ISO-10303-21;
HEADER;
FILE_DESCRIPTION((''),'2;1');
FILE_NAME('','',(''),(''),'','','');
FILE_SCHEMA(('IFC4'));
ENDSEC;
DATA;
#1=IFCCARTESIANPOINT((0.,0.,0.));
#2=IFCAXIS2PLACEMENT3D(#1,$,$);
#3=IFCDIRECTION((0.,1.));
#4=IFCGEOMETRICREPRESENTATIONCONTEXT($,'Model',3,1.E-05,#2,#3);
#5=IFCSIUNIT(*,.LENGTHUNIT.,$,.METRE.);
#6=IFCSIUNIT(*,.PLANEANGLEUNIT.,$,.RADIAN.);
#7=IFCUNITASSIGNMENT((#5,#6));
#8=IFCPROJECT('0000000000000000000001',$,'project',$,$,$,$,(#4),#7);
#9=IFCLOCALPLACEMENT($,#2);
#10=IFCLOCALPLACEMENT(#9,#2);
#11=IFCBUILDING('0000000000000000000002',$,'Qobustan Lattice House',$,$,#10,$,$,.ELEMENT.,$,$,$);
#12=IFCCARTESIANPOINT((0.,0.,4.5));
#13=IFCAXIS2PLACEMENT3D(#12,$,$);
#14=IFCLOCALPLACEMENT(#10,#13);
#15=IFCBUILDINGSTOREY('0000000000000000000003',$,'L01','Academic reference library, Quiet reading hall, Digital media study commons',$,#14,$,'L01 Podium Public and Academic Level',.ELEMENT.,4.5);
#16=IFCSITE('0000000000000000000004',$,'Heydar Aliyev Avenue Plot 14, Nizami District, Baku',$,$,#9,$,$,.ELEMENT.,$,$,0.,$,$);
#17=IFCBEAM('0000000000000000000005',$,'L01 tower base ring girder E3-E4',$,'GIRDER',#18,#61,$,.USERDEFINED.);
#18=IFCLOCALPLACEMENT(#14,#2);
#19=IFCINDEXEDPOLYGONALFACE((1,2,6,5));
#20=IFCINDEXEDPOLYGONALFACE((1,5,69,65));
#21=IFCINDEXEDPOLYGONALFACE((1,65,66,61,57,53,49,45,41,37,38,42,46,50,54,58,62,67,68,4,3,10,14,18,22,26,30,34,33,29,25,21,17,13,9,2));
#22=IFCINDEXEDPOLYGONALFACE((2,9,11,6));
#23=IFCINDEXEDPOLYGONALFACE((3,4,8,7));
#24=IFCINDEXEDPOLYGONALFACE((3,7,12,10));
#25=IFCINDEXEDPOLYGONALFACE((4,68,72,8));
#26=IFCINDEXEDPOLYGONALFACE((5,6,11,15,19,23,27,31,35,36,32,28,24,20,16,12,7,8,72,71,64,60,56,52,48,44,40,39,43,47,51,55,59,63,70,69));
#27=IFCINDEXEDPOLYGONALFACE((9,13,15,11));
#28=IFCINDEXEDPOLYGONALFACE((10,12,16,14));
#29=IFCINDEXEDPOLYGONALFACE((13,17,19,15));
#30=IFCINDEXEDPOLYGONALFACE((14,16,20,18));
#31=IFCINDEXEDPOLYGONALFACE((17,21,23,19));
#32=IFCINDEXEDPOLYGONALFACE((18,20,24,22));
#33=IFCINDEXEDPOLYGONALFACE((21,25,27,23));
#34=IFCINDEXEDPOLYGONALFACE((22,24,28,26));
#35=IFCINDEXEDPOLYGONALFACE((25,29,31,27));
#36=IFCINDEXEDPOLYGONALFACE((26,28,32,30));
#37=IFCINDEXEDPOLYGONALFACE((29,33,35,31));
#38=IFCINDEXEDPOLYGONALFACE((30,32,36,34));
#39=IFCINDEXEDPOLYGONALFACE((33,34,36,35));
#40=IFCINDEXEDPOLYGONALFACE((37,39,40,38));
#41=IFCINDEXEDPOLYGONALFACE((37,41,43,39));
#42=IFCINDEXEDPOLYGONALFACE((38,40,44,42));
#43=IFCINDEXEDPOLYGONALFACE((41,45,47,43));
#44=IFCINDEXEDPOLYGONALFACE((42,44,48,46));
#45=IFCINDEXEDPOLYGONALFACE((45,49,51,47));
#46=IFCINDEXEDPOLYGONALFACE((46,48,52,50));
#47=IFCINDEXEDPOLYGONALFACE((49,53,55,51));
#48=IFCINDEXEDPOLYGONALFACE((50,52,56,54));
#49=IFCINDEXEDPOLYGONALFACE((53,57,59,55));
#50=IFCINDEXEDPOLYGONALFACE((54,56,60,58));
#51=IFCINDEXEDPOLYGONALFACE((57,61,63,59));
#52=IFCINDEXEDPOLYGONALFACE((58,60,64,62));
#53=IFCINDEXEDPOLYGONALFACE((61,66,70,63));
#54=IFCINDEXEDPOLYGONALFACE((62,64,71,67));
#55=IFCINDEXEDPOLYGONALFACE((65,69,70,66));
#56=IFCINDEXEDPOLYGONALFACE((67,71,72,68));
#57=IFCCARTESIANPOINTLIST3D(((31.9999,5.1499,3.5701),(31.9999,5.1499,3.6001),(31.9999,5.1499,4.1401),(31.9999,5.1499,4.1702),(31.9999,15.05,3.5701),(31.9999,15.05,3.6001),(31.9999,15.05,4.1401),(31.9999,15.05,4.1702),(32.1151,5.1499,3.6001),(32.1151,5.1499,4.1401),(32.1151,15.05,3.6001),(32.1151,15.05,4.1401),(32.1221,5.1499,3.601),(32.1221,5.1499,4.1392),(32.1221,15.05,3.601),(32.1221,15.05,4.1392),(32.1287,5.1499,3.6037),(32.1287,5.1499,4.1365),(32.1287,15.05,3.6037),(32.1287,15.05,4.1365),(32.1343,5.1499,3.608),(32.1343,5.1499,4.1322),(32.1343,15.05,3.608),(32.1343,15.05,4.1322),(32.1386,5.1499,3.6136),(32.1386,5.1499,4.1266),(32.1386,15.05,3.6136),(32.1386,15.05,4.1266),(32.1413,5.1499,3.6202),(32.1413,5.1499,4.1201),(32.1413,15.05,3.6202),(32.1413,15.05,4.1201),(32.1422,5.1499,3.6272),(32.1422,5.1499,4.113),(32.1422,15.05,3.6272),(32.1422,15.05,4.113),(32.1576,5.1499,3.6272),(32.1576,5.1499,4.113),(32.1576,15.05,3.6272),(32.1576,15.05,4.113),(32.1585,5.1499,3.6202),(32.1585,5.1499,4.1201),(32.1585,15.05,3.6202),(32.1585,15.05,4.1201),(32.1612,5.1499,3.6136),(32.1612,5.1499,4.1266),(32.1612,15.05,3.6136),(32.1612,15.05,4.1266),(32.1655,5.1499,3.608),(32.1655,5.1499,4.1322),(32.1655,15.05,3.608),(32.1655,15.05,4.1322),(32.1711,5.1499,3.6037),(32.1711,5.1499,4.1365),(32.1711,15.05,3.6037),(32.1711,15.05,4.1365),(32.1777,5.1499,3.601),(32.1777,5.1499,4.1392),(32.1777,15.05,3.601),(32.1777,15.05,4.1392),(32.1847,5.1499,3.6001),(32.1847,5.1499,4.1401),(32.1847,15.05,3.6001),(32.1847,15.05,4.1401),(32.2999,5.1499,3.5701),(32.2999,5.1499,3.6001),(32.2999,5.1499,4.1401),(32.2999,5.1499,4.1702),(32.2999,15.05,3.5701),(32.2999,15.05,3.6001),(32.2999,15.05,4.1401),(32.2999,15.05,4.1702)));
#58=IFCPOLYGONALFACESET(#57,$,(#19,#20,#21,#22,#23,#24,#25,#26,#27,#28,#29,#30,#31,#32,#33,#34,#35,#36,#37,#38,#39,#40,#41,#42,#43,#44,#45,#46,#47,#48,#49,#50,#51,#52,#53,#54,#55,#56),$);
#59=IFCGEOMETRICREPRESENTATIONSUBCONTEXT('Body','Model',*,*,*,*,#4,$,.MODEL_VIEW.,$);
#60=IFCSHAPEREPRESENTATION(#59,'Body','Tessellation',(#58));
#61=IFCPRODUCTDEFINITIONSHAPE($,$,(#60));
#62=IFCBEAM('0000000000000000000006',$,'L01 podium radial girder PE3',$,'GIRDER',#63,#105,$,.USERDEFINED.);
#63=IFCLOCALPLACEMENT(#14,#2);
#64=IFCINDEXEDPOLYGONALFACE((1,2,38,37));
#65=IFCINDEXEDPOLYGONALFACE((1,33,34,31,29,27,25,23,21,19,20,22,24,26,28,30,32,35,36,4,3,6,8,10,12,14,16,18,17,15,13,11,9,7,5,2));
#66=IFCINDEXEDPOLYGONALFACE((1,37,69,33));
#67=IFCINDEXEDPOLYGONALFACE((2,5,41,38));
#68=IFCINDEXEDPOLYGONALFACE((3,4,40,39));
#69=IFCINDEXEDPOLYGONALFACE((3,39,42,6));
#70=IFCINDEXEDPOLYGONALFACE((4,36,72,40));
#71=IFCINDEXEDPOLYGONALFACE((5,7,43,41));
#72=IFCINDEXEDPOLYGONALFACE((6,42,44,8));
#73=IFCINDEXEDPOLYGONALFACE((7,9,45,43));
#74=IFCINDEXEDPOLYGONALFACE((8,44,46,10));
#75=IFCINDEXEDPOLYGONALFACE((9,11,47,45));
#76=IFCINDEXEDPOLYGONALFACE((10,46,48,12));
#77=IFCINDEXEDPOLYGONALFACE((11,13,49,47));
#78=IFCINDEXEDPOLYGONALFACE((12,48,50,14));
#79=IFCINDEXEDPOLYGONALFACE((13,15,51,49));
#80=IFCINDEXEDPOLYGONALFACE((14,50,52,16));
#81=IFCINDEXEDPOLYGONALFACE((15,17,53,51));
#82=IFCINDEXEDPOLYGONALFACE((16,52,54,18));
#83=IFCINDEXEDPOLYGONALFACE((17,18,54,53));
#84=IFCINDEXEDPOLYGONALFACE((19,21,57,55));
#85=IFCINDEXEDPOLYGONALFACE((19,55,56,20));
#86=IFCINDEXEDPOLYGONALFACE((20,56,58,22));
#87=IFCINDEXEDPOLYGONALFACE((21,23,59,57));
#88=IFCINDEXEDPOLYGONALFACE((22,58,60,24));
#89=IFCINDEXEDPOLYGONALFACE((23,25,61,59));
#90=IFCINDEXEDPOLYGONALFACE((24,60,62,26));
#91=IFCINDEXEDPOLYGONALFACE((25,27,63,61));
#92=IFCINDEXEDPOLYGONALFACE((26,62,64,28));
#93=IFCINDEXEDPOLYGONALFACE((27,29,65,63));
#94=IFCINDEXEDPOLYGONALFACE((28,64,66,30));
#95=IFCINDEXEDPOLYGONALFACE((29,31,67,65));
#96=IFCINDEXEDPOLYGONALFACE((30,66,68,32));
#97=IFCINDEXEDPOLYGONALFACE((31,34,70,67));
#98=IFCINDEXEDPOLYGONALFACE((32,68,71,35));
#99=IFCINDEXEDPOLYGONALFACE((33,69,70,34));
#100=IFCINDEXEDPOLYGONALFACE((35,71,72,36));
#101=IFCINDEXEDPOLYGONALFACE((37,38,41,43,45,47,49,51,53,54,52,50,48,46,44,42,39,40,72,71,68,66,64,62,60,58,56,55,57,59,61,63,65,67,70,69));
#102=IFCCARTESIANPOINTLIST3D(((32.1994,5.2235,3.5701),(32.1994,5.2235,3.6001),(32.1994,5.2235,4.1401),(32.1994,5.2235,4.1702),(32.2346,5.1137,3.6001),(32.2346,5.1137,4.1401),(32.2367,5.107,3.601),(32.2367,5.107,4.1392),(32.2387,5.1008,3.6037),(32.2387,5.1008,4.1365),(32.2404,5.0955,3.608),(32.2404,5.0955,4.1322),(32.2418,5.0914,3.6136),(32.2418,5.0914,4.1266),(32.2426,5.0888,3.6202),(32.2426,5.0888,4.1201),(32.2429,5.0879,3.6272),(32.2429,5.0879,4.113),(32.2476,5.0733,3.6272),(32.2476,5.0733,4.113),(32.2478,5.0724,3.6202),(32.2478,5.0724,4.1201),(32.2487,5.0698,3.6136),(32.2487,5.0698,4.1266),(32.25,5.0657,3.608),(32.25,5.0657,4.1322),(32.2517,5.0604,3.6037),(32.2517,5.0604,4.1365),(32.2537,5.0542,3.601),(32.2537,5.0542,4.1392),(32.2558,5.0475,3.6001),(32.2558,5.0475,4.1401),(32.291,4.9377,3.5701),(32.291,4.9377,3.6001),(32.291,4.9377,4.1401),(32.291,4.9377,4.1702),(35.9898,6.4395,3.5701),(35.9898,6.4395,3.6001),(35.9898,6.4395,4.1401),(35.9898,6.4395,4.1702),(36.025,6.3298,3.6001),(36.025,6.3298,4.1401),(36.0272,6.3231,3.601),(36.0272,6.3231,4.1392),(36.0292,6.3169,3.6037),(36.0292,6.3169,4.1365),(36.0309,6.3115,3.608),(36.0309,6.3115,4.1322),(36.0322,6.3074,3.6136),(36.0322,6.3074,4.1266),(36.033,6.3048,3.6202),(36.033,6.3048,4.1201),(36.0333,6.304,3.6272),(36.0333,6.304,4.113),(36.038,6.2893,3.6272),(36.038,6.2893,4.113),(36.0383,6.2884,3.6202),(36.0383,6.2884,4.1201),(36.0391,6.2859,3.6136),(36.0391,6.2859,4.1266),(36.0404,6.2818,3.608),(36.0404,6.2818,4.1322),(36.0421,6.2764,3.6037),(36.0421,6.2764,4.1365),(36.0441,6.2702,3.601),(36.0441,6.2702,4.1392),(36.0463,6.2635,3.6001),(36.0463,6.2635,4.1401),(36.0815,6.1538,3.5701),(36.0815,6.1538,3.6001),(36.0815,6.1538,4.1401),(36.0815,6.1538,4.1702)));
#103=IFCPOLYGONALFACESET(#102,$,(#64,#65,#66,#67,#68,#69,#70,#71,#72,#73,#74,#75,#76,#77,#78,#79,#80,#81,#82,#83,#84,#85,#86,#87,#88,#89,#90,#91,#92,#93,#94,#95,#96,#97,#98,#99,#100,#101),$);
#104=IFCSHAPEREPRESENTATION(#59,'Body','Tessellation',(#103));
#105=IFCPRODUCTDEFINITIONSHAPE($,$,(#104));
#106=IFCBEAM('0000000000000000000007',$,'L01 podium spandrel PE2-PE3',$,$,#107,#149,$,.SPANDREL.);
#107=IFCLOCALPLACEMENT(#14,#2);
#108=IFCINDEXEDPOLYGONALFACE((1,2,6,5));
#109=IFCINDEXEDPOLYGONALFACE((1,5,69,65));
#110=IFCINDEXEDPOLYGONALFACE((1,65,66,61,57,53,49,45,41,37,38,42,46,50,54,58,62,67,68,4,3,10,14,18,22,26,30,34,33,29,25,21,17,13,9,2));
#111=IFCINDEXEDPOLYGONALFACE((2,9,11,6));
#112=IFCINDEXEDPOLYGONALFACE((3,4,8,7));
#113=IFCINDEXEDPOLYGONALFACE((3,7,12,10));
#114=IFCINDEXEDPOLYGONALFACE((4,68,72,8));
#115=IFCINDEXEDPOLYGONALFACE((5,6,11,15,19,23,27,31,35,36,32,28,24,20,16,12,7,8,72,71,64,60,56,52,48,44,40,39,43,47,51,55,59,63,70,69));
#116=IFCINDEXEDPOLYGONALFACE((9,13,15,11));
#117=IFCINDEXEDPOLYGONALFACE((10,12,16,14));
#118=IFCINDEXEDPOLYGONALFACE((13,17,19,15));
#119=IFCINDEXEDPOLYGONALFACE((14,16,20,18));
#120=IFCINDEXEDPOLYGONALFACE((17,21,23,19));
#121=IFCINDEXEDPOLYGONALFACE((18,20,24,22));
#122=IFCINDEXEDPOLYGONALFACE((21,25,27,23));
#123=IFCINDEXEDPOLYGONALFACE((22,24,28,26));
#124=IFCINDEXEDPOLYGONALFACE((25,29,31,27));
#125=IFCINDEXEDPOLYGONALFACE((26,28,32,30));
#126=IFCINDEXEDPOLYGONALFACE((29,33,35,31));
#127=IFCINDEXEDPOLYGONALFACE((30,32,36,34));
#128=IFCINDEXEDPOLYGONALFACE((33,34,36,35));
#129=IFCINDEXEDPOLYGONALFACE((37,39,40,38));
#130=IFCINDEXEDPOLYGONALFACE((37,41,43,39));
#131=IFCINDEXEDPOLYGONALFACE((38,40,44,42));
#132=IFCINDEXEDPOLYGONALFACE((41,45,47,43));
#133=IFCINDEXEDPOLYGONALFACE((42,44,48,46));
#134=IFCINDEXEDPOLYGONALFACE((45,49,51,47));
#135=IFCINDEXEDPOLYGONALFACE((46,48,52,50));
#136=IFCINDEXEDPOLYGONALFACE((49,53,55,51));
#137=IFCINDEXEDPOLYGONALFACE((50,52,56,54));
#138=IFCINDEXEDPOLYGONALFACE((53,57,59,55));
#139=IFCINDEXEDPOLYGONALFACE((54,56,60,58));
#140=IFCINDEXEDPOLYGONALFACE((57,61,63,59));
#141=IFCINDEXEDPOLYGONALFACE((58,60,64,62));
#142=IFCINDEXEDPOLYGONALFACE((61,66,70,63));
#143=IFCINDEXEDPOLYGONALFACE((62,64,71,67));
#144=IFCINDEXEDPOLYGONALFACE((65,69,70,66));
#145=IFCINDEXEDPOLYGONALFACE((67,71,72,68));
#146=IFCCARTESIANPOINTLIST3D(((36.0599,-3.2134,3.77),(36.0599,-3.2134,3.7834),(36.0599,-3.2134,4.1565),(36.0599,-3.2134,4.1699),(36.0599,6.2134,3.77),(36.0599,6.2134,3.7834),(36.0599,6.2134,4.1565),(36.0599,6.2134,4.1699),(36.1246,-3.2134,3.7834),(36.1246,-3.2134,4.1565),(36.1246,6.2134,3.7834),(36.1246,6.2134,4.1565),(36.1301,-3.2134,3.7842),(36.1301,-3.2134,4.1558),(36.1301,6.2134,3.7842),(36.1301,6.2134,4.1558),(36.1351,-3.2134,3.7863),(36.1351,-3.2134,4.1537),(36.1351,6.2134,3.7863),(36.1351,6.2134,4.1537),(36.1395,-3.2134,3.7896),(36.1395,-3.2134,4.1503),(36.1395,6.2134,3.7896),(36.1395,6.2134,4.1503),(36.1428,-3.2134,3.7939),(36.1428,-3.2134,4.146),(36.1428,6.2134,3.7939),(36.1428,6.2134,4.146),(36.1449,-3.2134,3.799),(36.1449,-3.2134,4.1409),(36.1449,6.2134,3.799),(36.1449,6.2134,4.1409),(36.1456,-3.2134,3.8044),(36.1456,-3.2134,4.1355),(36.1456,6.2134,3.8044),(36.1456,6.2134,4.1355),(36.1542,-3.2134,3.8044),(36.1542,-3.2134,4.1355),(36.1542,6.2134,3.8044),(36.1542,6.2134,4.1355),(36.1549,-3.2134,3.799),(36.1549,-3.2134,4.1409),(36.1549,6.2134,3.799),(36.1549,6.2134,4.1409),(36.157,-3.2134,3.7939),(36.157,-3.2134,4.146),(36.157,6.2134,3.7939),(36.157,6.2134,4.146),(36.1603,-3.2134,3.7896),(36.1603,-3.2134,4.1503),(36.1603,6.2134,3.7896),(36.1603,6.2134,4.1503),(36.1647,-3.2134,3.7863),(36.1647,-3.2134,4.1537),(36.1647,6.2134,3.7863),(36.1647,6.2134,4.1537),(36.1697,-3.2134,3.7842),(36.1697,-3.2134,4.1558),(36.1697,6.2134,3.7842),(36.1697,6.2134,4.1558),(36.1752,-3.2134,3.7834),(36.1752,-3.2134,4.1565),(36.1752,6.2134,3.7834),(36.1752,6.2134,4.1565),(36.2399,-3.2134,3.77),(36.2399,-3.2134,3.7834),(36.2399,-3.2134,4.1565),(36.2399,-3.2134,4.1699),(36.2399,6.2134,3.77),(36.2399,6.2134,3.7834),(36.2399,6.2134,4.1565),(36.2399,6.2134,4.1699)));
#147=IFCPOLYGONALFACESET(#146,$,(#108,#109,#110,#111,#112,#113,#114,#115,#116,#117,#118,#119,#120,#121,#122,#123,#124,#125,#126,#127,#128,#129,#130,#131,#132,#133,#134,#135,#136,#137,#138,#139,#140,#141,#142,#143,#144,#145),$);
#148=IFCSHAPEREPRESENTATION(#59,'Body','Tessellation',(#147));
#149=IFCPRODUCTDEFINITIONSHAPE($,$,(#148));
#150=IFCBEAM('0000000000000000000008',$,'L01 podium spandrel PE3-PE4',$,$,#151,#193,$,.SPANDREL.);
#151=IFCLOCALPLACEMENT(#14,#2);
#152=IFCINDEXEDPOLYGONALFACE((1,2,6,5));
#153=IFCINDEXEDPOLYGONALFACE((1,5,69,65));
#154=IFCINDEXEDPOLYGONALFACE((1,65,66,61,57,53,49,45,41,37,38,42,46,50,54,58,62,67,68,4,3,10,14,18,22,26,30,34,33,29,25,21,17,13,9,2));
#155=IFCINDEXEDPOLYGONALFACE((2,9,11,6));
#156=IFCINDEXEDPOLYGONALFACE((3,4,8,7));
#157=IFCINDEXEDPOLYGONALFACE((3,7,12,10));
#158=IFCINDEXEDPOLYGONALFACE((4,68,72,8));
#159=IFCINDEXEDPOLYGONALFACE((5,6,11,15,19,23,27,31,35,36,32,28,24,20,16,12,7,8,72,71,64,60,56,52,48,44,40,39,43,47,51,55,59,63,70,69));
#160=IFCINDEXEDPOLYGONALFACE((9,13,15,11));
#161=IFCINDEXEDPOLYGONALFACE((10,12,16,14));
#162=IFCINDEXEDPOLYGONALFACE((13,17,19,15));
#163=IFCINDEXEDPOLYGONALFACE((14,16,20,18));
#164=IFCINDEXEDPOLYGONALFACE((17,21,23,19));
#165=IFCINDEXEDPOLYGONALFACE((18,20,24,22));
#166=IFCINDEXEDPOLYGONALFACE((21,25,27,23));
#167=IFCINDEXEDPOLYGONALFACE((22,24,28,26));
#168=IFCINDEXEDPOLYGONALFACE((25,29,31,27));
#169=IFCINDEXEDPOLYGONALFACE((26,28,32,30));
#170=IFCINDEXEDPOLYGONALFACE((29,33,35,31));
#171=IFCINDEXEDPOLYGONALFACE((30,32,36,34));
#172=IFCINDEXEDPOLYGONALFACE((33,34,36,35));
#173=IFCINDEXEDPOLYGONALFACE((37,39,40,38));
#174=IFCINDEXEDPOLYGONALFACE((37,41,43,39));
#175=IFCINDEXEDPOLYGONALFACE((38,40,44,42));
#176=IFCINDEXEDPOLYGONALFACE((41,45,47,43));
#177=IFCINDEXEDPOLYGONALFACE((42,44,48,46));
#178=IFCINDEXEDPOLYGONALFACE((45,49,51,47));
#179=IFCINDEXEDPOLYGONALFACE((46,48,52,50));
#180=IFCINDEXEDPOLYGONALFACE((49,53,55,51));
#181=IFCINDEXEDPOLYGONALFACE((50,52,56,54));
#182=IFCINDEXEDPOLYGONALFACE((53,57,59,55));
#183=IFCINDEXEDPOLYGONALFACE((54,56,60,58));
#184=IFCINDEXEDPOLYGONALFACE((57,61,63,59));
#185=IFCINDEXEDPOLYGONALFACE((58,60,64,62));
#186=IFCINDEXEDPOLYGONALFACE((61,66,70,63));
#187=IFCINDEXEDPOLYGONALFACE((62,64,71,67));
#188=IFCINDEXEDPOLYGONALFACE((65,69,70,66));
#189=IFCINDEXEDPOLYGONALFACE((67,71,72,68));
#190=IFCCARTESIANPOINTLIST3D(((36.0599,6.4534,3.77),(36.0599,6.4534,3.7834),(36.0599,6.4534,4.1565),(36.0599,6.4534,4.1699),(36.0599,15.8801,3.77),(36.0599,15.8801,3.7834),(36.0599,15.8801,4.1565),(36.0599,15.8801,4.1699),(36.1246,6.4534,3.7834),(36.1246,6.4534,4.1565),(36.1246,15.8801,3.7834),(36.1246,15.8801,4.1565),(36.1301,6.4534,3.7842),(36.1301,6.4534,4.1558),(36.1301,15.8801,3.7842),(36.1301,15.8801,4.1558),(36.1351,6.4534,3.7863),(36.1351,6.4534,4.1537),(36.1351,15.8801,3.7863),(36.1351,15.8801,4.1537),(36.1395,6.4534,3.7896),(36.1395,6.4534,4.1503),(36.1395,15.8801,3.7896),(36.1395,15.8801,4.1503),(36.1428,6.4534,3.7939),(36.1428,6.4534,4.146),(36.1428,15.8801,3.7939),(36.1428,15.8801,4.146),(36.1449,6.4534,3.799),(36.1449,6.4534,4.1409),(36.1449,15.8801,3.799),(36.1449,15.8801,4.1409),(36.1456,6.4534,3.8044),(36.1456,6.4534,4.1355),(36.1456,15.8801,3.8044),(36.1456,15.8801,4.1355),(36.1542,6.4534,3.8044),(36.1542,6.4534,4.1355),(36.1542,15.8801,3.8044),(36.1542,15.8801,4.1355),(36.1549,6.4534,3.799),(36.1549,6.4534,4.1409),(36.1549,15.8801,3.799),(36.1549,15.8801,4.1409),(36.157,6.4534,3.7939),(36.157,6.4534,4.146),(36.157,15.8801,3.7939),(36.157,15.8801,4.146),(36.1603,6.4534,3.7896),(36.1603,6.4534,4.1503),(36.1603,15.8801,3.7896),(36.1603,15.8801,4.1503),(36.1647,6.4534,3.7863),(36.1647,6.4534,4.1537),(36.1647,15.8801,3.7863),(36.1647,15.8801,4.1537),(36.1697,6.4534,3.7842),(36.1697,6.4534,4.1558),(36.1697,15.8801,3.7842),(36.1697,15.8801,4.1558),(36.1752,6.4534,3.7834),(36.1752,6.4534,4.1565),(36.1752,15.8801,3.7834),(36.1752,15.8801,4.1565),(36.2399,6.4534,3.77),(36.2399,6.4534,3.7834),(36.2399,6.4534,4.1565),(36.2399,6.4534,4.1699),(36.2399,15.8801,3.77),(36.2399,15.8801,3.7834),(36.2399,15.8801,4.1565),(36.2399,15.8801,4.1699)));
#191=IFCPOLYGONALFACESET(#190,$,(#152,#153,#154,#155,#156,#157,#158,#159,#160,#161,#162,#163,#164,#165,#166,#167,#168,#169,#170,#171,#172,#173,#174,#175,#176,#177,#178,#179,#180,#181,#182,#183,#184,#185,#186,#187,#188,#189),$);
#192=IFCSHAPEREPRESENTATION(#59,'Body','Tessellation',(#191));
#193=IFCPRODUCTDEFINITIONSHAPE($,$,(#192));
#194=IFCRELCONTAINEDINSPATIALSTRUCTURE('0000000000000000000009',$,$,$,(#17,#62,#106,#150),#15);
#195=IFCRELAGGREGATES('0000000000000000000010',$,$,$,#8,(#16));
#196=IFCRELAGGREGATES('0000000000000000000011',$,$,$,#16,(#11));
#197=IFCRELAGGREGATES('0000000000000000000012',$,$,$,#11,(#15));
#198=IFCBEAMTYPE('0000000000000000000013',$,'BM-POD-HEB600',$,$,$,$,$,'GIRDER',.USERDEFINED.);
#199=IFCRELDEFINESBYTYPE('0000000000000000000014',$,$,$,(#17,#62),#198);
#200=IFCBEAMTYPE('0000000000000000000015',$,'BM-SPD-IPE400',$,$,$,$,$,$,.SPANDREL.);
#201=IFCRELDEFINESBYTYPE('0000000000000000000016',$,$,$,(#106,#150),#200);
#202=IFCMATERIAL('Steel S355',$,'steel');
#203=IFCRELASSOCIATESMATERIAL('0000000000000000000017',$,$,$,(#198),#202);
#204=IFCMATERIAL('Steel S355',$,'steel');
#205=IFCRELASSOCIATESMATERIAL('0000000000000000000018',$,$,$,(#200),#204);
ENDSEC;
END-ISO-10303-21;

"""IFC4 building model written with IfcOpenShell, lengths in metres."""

from ifc_helpers import new_model, si_unit, direction, frame, origin, origin_2d, place, context, subcontext, project, spatial, i_section, extrude, material, material_profile, profile_set, type_object, element, save


model = new_model("IFC4")

# Units and contexts
model_context = context("Model", 3, precision=1e-05, world=origin(), true_north=direction((0.0, 1.0)))
body_context = subcontext(model_context, "Body", "Model", "MODEL_VIEW")
ifc_project = project(units=[si_unit("LENGTHUNIT", "METRE"), si_unit("PLANEANGLEUNIT", "RADIAN")], contexts=[model_context])

# Site, building, storey
site_placement = place(None, origin())
site = spatial("IfcSite", under=ifc_project, at=site_placement, Name="Heydar Aliyev Avenue Plot 14, Nizami District, Baku", CompositionType="ELEMENT", RefElevation=0.0)
building_placement = place(site_placement, origin())
building = spatial("IfcBuilding", under=site, at=building_placement, Name="Qobustan Lattice House", CompositionType="ELEMENT")
storey_placement = place(building_placement, frame((0.0, 0.0, 4.5)))
storey = spatial("IfcBuildingStorey", under=building, at=storey_placement, Name="L01", Description="Academic reference library, Quiet reading hall, Digital media study commons", LongName="L01 Podium Public and Academic Level", CompositionType="ELEMENT", Elevation=4.5)

# Beams
ifc_material_1 = material(Name="Steel S355", Category="steel")
ifc_material_profile_1 = material_profile(ifc_material_1, i_section(OverallWidth=0.3, OverallDepth=0.6001, WebThickness=0.0154, FlangeThickness=0.03, FilletRadius=0.0271, at=origin_2d()), Name="HEB600")
ifc_profile_set_1 = profile_set([ifc_material_profile_1], Name="Steel S355")
beam_type_1 = type_object("IfcBeamType", Name="BM-POD-HEB600", ElementType="GIRDER", PredefinedType="USERDEFINED", material=ifc_profile_set_1)
beam_1_placement = place(storey_placement, frame((32.1499, 5.1499, 3.8701), z_axis=(0.0, 1.0, 0.0), x_axis=(-1.0, 0.0, 0.0)))
element("IfcBeam", 1, at=beam_1_placement, inside=storey, type_object=beam_type_1, Name="L01 tower base ring girder E3-E4", ObjectType="GIRDER", PredefinedType="USERDEFINED", context=body_context, shape_type="SweptSolid", body=[
    extrude(i_section(OverallWidth=0.3, OverallDepth=0.6001, WebThickness=0.0154, FlangeThickness=0.03, FilletRadius=0.0271, at=origin_2d()), origin(), (0.0, 0.0, 1.0), 9.9001),
])
beam_2_placement = place(storey_placement, frame((36.0356, 6.2966, 3.8701), z_axis=(-0.952198, -0.305481, 0.0), x_axis=(0.305481, -0.952198, 0.0)))
element("IfcBeam", 2, at=beam_2_placement, inside=storey, type_object=beam_type_1, Name="L01 podium radial girder PE3", ObjectType="GIRDER", PredefinedType="USERDEFINED", context=body_context, shape_type="SweptSolid", body=[
    extrude(i_section(OverallWidth=0.3, OverallDepth=0.6001, WebThickness=0.0154, FlangeThickness=0.03, FilletRadius=0.0271, at=origin_2d()), origin(), (0.0, 0.0, 1.0), 3.9807),
])
ifc_material_2 = material(Name="Steel S355", Category="steel")
ifc_material_profile_2 = material_profile(ifc_material_2, i_section(OverallWidth=0.1799, OverallDepth=0.3999, WebThickness=0.0085, FlangeThickness=0.0134, FilletRadius=0.021, at=origin_2d()), Name="IPE400")
ifc_profile_set_2 = profile_set([ifc_material_profile_2], Name="Steel S355")
beam_type_2 = type_object("IfcBeamType", Name="BM-SPD-IPE400", PredefinedType="SPANDREL", material=ifc_profile_set_2)
for number, where, z_axis, x_axis, name in (
    (3, (36.1499, -3.2134, 3.97), (0.0, 1.0, 0.0), (-1.0, 0.0, 0.0), "L01 podium spandrel PE2-PE3"),
    (4, (36.1499, 6.4534, 3.97), (0.0, 1.0, 0.0), (-1.0, 0.0, 0.0), "L01 podium spandrel PE3-PE4"),
):
    element("IfcBeam", number, at=place(storey_placement, frame(where, z_axis=z_axis, x_axis=x_axis)), inside=storey, type_object=beam_type_2, Name=name, PredefinedType="SPANDREL", context=body_context, shape_type="SweptSolid", body=[
        extrude(i_section(OverallWidth=0.1799, OverallDepth=0.3999, WebThickness=0.0085, FlangeThickness=0.0134, FilletRadius=0.021, at=origin_2d()), origin(), (0.0, 0.0, 1.0), 9.4268),
    ])

save(model, "model.ifc")
